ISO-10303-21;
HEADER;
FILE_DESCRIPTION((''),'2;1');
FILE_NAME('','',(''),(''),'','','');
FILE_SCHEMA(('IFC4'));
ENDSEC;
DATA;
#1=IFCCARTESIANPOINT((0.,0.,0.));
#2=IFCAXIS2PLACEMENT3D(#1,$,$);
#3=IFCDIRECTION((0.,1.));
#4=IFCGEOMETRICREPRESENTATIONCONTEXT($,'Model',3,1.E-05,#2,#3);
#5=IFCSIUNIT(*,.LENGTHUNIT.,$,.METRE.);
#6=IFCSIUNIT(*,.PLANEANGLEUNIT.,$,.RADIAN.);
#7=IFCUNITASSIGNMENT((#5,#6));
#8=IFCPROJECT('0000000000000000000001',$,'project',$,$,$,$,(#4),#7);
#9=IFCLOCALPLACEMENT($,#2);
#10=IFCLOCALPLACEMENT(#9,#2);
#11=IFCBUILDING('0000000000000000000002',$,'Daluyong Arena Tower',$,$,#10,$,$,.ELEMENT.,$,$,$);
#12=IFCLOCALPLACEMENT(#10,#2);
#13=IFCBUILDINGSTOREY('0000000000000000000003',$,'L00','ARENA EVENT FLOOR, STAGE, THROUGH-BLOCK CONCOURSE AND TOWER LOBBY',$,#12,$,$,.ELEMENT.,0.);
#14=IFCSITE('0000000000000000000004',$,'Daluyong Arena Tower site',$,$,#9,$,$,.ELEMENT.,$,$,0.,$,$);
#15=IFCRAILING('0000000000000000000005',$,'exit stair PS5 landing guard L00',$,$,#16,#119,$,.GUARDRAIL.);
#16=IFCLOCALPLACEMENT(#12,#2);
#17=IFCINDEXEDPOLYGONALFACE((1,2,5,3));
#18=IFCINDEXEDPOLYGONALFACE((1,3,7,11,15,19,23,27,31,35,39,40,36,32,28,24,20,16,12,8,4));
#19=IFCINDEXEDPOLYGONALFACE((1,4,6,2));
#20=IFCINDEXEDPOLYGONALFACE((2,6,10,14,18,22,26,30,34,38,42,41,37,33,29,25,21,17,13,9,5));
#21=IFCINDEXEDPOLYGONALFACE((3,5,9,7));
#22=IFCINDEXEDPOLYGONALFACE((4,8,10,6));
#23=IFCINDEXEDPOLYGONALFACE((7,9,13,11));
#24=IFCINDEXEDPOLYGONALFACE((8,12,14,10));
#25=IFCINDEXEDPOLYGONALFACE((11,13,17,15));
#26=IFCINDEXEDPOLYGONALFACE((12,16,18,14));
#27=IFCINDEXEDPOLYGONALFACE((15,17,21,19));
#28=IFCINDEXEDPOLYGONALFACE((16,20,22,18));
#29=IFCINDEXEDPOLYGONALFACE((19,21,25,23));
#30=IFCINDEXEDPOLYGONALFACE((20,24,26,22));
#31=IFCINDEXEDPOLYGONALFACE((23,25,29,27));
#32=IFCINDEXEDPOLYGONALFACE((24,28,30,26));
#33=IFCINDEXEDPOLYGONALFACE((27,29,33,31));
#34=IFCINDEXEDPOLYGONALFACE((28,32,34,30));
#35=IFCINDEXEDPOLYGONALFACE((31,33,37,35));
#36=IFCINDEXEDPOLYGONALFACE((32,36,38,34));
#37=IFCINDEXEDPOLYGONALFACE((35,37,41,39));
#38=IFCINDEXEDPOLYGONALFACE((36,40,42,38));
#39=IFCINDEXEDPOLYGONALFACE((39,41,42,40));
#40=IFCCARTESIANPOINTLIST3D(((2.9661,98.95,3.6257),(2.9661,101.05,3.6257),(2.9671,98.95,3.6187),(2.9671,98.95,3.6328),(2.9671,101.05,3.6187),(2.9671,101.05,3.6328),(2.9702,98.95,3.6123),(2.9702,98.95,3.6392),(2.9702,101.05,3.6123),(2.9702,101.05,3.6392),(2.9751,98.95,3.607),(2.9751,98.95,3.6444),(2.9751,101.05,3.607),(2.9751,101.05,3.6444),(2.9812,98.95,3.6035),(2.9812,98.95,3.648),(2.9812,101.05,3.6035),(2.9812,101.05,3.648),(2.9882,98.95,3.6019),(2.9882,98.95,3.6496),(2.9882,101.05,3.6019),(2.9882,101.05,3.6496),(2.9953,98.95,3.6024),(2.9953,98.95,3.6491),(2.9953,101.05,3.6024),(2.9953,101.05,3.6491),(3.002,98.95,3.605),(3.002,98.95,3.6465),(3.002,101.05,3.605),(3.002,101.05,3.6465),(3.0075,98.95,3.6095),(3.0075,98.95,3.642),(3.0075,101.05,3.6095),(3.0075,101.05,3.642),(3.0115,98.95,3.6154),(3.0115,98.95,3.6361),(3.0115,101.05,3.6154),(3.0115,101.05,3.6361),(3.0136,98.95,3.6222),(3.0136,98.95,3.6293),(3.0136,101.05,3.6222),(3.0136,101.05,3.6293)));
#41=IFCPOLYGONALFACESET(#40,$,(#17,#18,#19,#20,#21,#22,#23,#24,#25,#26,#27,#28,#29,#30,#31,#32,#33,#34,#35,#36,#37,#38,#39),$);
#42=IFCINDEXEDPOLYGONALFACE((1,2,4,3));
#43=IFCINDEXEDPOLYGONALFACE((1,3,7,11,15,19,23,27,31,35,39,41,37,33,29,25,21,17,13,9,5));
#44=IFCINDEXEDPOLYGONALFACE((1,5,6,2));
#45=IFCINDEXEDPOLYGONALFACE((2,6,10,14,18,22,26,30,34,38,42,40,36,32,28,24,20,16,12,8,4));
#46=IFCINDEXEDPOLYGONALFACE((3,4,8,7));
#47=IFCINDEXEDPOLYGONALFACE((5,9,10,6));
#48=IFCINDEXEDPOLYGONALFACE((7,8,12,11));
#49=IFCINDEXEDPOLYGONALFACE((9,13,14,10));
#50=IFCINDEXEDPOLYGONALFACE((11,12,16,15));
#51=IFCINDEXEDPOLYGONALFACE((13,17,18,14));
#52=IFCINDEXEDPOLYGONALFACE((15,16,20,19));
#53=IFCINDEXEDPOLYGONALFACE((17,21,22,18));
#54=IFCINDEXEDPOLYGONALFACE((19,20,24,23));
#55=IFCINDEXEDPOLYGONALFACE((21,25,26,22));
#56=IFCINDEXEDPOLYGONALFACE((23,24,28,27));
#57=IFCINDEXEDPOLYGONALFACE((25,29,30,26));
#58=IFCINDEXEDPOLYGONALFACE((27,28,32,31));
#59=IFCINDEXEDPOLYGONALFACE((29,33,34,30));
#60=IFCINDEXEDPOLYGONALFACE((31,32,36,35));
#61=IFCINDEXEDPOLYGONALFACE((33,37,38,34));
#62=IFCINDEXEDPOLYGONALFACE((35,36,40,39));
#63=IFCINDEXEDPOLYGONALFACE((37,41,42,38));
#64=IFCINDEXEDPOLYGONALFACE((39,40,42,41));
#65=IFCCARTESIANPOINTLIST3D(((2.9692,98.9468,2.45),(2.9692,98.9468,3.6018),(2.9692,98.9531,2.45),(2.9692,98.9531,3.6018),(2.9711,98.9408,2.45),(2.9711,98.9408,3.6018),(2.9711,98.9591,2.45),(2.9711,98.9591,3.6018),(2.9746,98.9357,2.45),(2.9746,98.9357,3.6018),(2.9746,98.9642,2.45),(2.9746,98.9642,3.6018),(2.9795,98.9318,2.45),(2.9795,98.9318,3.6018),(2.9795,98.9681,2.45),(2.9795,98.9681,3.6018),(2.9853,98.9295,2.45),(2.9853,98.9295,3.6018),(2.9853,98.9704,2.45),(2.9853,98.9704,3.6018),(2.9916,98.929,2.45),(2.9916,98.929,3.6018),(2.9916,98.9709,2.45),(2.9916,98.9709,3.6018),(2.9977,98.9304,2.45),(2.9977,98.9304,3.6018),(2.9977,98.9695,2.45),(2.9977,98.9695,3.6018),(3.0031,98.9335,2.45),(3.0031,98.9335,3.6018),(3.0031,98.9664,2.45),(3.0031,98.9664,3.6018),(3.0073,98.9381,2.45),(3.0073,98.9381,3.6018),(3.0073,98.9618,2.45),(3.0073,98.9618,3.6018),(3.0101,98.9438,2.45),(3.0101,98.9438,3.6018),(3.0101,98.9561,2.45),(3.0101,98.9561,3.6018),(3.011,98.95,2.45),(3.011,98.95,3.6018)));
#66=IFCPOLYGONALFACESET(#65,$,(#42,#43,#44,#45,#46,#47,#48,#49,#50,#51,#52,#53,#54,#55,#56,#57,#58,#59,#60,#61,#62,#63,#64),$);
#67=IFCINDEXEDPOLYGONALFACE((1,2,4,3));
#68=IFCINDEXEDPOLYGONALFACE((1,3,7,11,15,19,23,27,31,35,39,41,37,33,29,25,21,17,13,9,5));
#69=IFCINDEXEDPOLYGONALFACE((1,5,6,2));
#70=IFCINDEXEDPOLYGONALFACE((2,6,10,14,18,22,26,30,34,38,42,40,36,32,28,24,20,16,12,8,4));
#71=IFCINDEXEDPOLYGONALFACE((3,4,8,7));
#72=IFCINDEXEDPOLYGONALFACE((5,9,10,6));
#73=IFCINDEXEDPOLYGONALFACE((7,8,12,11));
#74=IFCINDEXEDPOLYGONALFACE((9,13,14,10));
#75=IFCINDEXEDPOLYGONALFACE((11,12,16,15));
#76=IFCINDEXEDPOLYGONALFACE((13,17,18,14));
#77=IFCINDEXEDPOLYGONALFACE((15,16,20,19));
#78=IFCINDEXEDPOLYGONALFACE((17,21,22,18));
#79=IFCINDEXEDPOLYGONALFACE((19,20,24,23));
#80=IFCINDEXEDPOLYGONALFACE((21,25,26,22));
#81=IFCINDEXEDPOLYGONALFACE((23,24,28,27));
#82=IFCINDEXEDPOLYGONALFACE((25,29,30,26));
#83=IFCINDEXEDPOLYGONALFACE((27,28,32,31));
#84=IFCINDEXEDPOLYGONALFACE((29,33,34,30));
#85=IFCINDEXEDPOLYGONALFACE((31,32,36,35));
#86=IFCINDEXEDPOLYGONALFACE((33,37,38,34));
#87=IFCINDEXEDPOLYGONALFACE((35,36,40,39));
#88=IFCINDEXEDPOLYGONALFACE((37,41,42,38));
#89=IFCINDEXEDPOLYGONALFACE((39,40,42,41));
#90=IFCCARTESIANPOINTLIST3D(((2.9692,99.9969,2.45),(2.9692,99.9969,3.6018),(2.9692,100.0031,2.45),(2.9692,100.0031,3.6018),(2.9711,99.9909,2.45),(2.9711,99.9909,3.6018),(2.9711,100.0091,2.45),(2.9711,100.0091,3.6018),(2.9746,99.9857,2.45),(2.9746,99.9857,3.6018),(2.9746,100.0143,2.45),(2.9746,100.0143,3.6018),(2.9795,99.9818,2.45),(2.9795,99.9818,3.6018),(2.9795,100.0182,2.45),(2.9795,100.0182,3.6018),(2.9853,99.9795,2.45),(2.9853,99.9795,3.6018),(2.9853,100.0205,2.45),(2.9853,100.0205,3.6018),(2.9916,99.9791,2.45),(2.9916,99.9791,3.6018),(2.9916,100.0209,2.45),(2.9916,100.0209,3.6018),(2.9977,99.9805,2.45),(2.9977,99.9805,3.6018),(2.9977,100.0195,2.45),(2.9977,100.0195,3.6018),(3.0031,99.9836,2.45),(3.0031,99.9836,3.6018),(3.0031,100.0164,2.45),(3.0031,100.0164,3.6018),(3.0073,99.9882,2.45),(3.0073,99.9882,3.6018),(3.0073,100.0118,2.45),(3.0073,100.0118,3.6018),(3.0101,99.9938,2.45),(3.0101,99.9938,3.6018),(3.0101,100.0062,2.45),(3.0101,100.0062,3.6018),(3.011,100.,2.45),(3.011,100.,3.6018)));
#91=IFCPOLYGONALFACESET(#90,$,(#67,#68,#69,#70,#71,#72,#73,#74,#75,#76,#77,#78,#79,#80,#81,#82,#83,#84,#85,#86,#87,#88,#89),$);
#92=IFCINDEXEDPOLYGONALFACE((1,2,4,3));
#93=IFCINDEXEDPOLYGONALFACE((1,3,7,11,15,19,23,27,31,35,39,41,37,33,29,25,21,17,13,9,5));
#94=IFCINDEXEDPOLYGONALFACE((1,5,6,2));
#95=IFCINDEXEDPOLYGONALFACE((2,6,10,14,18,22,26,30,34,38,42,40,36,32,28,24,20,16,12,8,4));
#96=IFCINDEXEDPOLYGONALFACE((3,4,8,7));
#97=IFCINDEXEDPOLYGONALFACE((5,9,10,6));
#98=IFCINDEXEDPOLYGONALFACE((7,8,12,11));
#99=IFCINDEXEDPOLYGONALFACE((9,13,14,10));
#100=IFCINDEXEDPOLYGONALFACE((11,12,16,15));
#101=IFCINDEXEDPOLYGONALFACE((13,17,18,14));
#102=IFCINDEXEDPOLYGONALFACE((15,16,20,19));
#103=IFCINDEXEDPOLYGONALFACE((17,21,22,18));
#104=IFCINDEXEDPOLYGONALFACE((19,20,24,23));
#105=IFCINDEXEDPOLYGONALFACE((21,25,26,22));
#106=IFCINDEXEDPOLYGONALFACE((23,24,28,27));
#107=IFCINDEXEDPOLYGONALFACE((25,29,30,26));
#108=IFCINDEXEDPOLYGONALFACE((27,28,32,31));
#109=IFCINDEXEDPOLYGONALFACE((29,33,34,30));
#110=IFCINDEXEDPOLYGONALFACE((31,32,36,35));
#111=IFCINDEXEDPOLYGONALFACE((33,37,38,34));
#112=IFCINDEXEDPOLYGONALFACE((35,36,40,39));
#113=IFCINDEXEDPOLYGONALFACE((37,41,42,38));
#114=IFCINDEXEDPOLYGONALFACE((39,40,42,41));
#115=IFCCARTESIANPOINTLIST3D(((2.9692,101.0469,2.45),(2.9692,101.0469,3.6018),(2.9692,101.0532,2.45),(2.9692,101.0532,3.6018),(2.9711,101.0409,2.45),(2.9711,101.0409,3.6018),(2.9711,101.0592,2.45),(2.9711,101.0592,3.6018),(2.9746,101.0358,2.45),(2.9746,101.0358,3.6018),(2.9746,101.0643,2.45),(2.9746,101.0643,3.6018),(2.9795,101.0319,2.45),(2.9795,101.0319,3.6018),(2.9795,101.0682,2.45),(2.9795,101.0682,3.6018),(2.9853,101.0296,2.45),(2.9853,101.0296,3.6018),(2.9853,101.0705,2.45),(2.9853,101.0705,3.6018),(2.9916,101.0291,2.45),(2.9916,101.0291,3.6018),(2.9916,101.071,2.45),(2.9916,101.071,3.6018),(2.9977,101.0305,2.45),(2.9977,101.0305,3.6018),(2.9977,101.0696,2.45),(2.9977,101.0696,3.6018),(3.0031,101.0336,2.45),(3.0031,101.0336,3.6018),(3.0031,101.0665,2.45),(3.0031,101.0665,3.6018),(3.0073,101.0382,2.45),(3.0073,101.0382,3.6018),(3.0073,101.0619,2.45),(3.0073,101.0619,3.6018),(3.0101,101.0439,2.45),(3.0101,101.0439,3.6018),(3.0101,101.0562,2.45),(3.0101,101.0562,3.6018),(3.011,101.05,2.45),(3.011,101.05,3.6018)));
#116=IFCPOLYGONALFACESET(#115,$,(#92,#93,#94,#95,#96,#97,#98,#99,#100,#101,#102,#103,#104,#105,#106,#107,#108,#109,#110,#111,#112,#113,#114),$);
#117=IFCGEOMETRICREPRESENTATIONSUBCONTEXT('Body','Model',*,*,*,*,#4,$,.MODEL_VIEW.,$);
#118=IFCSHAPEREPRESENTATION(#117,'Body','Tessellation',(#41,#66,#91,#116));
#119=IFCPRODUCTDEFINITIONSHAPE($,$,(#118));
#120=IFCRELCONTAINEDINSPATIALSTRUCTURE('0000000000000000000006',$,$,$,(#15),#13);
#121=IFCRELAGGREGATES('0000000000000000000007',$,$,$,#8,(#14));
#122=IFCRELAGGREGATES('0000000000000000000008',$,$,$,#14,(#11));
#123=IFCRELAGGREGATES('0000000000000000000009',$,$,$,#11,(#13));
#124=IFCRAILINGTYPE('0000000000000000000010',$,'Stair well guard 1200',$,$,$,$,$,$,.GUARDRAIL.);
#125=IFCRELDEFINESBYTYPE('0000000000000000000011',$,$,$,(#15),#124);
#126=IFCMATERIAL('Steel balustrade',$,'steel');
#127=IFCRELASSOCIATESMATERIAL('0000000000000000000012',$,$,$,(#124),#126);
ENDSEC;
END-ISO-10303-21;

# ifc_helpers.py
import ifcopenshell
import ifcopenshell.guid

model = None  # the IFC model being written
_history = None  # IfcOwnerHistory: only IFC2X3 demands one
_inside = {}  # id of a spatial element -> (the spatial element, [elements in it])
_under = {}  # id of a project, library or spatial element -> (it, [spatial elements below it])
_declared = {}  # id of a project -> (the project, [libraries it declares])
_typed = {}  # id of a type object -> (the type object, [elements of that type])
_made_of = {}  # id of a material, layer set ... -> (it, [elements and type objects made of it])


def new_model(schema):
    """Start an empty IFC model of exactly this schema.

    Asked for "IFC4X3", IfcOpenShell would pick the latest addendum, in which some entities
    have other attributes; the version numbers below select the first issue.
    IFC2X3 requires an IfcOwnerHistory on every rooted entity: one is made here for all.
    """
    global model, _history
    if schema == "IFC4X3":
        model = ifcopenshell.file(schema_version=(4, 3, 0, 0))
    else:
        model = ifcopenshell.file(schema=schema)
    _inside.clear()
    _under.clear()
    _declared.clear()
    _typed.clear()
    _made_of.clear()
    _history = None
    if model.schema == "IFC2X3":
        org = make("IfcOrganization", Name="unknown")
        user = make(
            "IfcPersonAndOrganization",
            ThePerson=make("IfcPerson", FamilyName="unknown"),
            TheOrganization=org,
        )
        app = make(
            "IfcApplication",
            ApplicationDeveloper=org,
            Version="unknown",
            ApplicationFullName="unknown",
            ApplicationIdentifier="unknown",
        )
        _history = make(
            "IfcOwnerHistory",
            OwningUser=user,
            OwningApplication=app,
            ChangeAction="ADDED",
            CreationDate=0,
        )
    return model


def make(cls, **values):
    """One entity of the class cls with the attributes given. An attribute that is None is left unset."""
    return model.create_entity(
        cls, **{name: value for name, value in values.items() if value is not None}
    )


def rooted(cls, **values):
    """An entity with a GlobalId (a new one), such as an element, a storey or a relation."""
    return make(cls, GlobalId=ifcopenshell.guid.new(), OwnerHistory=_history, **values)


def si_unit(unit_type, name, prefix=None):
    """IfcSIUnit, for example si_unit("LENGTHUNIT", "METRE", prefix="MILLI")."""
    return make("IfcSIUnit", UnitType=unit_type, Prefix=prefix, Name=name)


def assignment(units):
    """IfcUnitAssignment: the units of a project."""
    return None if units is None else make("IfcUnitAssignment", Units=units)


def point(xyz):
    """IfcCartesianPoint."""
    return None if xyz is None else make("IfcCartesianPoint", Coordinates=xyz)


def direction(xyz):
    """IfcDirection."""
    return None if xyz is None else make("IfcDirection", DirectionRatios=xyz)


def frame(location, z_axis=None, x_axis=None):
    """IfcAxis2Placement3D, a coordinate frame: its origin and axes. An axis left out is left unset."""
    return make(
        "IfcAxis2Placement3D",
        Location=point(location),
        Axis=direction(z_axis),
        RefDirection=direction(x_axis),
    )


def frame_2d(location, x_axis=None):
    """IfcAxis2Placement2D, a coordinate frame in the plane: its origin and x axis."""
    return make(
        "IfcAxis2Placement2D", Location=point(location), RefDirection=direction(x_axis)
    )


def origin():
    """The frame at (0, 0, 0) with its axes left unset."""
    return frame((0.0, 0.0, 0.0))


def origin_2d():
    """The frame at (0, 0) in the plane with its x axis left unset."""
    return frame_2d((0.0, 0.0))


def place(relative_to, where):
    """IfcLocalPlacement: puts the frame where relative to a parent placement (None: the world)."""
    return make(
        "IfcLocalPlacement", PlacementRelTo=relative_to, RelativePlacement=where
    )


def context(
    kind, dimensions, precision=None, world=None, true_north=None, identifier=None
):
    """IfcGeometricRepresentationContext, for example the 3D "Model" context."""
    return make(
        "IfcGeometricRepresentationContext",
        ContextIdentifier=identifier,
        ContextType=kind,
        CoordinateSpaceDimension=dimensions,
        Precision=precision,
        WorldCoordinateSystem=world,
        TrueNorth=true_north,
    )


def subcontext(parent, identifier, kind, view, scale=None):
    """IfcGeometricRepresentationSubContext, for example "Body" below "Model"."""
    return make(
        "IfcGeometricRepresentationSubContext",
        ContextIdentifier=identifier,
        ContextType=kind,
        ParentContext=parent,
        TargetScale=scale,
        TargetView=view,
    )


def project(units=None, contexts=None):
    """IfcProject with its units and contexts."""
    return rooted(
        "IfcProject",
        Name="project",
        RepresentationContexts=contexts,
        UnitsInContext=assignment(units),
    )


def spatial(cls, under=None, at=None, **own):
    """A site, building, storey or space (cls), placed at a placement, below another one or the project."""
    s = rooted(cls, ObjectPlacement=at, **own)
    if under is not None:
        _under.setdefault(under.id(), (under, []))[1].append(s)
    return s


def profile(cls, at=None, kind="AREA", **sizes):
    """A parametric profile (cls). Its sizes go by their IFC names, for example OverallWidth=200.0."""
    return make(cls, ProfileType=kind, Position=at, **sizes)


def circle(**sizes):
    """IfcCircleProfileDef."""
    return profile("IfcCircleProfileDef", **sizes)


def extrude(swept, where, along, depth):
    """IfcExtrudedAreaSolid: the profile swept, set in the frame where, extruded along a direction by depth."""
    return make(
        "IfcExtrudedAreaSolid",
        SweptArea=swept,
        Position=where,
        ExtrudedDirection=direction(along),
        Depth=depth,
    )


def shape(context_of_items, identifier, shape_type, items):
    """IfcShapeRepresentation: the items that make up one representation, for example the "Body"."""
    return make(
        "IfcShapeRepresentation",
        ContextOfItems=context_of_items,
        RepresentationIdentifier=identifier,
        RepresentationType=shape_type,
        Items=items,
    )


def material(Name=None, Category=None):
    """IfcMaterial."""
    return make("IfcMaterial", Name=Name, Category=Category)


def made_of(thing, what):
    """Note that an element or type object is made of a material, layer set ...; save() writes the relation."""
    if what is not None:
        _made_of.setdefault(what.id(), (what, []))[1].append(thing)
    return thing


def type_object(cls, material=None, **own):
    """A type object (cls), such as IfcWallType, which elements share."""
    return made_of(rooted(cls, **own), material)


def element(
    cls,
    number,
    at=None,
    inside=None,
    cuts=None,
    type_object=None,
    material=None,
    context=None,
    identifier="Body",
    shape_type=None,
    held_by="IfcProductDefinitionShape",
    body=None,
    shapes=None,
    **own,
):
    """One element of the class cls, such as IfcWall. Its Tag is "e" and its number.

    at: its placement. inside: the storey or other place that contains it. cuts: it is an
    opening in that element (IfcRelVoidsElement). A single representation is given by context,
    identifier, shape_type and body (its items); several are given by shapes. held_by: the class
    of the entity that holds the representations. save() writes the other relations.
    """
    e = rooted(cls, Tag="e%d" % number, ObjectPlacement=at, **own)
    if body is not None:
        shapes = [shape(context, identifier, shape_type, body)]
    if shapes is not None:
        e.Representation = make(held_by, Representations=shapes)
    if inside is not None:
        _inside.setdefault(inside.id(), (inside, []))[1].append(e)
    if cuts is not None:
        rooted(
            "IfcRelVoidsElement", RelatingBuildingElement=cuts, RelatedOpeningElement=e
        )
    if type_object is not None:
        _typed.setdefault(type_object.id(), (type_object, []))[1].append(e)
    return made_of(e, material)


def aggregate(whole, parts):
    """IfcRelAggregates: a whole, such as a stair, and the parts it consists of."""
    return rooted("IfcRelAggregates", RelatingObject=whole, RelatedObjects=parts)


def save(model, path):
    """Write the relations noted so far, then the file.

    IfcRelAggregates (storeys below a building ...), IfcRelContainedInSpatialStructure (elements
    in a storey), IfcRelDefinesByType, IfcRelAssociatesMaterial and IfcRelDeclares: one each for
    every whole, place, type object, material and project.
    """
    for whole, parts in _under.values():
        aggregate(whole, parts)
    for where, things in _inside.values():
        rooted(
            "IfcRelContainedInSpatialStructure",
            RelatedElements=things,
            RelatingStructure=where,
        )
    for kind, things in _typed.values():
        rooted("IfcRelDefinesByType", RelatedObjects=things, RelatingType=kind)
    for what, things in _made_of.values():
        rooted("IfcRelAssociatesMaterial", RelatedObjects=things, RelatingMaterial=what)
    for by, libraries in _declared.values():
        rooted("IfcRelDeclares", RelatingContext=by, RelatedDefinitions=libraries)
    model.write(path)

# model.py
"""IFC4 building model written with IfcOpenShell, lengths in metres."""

from ifc_helpers import new_model, si_unit, direction, frame, origin, origin_2d, place, context, subcontext, project, spatial, circle, extrude, material, type_object, element, save


model = new_model("IFC4")

# Units and contexts
model_context = context("Model", 3, precision=1e-05, world=origin(), true_north=direction((0.0, 1.0)))
body_context = subcontext(model_context, "Body", "Model", "MODEL_VIEW")
ifc_project = project(units=[si_unit("LENGTHUNIT", "METRE"), si_unit("PLANEANGLEUNIT", "RADIAN")], contexts=[model_context])

# Site, building, storey
site_placement = place(None, origin())
site = spatial("IfcSite", under=ifc_project, at=site_placement, Name="Daluyong Arena Tower site", CompositionType="ELEMENT", RefElevation=0.0)
building_placement = place(site_placement, origin())
building = spatial("IfcBuilding", under=site, at=building_placement, Name="Daluyong Arena Tower", CompositionType="ELEMENT")
storey_placement = place(building_placement, origin())
storey = spatial("IfcBuildingStorey", under=building, at=storey_placement, Name="L00", Description="ARENA EVENT FLOOR, STAGE, THROUGH-BLOCK CONCOURSE AND TOWER LOBBY", CompositionType="ELEMENT", Elevation=0.0)

# Railing
ifc_material_1 = material(Name="Steel balustrade", Category="steel")
railing_type_1 = type_object("IfcRailingType", Name="Stair well guard 1200", PredefinedType="GUARDRAIL", material=ifc_material_1)
railing_1_placement = place(storey_placement, frame((2.99, 98.95, 2.45)))
element("IfcRailing", 1, at=railing_1_placement, inside=storey, type_object=railing_type_1, Name="exit stair PS5 landing guard L00", PredefinedType="GUARDRAIL", context=body_context, shape_type="SweptSolid", body=[
    extrude(circle(Radius=0.0239, at=origin_2d()), frame((0.0, 0.0, 1.1758), z_axis=(0.0, 1.0, 0.0), x_axis=(-1.0, 0.0, 0.0)), (0.0, 0.0, 1.0), 2.1001),
    extrude(circle(Radius=0.021, at=origin_2d()), origin(), (0.0, 0.0, 1.0), 1.1519),
    extrude(circle(Radius=0.021, at=origin_2d()), frame((0.0, 1.05, 0.0)), (0.0, 0.0, 1.0), 1.1519),
    extrude(circle(Radius=0.021, at=origin_2d()), frame((0.0, 2.1001, 0.0)), (0.0, 0.0, 1.0), 1.1519),
])

save(model, "model.ifc")
